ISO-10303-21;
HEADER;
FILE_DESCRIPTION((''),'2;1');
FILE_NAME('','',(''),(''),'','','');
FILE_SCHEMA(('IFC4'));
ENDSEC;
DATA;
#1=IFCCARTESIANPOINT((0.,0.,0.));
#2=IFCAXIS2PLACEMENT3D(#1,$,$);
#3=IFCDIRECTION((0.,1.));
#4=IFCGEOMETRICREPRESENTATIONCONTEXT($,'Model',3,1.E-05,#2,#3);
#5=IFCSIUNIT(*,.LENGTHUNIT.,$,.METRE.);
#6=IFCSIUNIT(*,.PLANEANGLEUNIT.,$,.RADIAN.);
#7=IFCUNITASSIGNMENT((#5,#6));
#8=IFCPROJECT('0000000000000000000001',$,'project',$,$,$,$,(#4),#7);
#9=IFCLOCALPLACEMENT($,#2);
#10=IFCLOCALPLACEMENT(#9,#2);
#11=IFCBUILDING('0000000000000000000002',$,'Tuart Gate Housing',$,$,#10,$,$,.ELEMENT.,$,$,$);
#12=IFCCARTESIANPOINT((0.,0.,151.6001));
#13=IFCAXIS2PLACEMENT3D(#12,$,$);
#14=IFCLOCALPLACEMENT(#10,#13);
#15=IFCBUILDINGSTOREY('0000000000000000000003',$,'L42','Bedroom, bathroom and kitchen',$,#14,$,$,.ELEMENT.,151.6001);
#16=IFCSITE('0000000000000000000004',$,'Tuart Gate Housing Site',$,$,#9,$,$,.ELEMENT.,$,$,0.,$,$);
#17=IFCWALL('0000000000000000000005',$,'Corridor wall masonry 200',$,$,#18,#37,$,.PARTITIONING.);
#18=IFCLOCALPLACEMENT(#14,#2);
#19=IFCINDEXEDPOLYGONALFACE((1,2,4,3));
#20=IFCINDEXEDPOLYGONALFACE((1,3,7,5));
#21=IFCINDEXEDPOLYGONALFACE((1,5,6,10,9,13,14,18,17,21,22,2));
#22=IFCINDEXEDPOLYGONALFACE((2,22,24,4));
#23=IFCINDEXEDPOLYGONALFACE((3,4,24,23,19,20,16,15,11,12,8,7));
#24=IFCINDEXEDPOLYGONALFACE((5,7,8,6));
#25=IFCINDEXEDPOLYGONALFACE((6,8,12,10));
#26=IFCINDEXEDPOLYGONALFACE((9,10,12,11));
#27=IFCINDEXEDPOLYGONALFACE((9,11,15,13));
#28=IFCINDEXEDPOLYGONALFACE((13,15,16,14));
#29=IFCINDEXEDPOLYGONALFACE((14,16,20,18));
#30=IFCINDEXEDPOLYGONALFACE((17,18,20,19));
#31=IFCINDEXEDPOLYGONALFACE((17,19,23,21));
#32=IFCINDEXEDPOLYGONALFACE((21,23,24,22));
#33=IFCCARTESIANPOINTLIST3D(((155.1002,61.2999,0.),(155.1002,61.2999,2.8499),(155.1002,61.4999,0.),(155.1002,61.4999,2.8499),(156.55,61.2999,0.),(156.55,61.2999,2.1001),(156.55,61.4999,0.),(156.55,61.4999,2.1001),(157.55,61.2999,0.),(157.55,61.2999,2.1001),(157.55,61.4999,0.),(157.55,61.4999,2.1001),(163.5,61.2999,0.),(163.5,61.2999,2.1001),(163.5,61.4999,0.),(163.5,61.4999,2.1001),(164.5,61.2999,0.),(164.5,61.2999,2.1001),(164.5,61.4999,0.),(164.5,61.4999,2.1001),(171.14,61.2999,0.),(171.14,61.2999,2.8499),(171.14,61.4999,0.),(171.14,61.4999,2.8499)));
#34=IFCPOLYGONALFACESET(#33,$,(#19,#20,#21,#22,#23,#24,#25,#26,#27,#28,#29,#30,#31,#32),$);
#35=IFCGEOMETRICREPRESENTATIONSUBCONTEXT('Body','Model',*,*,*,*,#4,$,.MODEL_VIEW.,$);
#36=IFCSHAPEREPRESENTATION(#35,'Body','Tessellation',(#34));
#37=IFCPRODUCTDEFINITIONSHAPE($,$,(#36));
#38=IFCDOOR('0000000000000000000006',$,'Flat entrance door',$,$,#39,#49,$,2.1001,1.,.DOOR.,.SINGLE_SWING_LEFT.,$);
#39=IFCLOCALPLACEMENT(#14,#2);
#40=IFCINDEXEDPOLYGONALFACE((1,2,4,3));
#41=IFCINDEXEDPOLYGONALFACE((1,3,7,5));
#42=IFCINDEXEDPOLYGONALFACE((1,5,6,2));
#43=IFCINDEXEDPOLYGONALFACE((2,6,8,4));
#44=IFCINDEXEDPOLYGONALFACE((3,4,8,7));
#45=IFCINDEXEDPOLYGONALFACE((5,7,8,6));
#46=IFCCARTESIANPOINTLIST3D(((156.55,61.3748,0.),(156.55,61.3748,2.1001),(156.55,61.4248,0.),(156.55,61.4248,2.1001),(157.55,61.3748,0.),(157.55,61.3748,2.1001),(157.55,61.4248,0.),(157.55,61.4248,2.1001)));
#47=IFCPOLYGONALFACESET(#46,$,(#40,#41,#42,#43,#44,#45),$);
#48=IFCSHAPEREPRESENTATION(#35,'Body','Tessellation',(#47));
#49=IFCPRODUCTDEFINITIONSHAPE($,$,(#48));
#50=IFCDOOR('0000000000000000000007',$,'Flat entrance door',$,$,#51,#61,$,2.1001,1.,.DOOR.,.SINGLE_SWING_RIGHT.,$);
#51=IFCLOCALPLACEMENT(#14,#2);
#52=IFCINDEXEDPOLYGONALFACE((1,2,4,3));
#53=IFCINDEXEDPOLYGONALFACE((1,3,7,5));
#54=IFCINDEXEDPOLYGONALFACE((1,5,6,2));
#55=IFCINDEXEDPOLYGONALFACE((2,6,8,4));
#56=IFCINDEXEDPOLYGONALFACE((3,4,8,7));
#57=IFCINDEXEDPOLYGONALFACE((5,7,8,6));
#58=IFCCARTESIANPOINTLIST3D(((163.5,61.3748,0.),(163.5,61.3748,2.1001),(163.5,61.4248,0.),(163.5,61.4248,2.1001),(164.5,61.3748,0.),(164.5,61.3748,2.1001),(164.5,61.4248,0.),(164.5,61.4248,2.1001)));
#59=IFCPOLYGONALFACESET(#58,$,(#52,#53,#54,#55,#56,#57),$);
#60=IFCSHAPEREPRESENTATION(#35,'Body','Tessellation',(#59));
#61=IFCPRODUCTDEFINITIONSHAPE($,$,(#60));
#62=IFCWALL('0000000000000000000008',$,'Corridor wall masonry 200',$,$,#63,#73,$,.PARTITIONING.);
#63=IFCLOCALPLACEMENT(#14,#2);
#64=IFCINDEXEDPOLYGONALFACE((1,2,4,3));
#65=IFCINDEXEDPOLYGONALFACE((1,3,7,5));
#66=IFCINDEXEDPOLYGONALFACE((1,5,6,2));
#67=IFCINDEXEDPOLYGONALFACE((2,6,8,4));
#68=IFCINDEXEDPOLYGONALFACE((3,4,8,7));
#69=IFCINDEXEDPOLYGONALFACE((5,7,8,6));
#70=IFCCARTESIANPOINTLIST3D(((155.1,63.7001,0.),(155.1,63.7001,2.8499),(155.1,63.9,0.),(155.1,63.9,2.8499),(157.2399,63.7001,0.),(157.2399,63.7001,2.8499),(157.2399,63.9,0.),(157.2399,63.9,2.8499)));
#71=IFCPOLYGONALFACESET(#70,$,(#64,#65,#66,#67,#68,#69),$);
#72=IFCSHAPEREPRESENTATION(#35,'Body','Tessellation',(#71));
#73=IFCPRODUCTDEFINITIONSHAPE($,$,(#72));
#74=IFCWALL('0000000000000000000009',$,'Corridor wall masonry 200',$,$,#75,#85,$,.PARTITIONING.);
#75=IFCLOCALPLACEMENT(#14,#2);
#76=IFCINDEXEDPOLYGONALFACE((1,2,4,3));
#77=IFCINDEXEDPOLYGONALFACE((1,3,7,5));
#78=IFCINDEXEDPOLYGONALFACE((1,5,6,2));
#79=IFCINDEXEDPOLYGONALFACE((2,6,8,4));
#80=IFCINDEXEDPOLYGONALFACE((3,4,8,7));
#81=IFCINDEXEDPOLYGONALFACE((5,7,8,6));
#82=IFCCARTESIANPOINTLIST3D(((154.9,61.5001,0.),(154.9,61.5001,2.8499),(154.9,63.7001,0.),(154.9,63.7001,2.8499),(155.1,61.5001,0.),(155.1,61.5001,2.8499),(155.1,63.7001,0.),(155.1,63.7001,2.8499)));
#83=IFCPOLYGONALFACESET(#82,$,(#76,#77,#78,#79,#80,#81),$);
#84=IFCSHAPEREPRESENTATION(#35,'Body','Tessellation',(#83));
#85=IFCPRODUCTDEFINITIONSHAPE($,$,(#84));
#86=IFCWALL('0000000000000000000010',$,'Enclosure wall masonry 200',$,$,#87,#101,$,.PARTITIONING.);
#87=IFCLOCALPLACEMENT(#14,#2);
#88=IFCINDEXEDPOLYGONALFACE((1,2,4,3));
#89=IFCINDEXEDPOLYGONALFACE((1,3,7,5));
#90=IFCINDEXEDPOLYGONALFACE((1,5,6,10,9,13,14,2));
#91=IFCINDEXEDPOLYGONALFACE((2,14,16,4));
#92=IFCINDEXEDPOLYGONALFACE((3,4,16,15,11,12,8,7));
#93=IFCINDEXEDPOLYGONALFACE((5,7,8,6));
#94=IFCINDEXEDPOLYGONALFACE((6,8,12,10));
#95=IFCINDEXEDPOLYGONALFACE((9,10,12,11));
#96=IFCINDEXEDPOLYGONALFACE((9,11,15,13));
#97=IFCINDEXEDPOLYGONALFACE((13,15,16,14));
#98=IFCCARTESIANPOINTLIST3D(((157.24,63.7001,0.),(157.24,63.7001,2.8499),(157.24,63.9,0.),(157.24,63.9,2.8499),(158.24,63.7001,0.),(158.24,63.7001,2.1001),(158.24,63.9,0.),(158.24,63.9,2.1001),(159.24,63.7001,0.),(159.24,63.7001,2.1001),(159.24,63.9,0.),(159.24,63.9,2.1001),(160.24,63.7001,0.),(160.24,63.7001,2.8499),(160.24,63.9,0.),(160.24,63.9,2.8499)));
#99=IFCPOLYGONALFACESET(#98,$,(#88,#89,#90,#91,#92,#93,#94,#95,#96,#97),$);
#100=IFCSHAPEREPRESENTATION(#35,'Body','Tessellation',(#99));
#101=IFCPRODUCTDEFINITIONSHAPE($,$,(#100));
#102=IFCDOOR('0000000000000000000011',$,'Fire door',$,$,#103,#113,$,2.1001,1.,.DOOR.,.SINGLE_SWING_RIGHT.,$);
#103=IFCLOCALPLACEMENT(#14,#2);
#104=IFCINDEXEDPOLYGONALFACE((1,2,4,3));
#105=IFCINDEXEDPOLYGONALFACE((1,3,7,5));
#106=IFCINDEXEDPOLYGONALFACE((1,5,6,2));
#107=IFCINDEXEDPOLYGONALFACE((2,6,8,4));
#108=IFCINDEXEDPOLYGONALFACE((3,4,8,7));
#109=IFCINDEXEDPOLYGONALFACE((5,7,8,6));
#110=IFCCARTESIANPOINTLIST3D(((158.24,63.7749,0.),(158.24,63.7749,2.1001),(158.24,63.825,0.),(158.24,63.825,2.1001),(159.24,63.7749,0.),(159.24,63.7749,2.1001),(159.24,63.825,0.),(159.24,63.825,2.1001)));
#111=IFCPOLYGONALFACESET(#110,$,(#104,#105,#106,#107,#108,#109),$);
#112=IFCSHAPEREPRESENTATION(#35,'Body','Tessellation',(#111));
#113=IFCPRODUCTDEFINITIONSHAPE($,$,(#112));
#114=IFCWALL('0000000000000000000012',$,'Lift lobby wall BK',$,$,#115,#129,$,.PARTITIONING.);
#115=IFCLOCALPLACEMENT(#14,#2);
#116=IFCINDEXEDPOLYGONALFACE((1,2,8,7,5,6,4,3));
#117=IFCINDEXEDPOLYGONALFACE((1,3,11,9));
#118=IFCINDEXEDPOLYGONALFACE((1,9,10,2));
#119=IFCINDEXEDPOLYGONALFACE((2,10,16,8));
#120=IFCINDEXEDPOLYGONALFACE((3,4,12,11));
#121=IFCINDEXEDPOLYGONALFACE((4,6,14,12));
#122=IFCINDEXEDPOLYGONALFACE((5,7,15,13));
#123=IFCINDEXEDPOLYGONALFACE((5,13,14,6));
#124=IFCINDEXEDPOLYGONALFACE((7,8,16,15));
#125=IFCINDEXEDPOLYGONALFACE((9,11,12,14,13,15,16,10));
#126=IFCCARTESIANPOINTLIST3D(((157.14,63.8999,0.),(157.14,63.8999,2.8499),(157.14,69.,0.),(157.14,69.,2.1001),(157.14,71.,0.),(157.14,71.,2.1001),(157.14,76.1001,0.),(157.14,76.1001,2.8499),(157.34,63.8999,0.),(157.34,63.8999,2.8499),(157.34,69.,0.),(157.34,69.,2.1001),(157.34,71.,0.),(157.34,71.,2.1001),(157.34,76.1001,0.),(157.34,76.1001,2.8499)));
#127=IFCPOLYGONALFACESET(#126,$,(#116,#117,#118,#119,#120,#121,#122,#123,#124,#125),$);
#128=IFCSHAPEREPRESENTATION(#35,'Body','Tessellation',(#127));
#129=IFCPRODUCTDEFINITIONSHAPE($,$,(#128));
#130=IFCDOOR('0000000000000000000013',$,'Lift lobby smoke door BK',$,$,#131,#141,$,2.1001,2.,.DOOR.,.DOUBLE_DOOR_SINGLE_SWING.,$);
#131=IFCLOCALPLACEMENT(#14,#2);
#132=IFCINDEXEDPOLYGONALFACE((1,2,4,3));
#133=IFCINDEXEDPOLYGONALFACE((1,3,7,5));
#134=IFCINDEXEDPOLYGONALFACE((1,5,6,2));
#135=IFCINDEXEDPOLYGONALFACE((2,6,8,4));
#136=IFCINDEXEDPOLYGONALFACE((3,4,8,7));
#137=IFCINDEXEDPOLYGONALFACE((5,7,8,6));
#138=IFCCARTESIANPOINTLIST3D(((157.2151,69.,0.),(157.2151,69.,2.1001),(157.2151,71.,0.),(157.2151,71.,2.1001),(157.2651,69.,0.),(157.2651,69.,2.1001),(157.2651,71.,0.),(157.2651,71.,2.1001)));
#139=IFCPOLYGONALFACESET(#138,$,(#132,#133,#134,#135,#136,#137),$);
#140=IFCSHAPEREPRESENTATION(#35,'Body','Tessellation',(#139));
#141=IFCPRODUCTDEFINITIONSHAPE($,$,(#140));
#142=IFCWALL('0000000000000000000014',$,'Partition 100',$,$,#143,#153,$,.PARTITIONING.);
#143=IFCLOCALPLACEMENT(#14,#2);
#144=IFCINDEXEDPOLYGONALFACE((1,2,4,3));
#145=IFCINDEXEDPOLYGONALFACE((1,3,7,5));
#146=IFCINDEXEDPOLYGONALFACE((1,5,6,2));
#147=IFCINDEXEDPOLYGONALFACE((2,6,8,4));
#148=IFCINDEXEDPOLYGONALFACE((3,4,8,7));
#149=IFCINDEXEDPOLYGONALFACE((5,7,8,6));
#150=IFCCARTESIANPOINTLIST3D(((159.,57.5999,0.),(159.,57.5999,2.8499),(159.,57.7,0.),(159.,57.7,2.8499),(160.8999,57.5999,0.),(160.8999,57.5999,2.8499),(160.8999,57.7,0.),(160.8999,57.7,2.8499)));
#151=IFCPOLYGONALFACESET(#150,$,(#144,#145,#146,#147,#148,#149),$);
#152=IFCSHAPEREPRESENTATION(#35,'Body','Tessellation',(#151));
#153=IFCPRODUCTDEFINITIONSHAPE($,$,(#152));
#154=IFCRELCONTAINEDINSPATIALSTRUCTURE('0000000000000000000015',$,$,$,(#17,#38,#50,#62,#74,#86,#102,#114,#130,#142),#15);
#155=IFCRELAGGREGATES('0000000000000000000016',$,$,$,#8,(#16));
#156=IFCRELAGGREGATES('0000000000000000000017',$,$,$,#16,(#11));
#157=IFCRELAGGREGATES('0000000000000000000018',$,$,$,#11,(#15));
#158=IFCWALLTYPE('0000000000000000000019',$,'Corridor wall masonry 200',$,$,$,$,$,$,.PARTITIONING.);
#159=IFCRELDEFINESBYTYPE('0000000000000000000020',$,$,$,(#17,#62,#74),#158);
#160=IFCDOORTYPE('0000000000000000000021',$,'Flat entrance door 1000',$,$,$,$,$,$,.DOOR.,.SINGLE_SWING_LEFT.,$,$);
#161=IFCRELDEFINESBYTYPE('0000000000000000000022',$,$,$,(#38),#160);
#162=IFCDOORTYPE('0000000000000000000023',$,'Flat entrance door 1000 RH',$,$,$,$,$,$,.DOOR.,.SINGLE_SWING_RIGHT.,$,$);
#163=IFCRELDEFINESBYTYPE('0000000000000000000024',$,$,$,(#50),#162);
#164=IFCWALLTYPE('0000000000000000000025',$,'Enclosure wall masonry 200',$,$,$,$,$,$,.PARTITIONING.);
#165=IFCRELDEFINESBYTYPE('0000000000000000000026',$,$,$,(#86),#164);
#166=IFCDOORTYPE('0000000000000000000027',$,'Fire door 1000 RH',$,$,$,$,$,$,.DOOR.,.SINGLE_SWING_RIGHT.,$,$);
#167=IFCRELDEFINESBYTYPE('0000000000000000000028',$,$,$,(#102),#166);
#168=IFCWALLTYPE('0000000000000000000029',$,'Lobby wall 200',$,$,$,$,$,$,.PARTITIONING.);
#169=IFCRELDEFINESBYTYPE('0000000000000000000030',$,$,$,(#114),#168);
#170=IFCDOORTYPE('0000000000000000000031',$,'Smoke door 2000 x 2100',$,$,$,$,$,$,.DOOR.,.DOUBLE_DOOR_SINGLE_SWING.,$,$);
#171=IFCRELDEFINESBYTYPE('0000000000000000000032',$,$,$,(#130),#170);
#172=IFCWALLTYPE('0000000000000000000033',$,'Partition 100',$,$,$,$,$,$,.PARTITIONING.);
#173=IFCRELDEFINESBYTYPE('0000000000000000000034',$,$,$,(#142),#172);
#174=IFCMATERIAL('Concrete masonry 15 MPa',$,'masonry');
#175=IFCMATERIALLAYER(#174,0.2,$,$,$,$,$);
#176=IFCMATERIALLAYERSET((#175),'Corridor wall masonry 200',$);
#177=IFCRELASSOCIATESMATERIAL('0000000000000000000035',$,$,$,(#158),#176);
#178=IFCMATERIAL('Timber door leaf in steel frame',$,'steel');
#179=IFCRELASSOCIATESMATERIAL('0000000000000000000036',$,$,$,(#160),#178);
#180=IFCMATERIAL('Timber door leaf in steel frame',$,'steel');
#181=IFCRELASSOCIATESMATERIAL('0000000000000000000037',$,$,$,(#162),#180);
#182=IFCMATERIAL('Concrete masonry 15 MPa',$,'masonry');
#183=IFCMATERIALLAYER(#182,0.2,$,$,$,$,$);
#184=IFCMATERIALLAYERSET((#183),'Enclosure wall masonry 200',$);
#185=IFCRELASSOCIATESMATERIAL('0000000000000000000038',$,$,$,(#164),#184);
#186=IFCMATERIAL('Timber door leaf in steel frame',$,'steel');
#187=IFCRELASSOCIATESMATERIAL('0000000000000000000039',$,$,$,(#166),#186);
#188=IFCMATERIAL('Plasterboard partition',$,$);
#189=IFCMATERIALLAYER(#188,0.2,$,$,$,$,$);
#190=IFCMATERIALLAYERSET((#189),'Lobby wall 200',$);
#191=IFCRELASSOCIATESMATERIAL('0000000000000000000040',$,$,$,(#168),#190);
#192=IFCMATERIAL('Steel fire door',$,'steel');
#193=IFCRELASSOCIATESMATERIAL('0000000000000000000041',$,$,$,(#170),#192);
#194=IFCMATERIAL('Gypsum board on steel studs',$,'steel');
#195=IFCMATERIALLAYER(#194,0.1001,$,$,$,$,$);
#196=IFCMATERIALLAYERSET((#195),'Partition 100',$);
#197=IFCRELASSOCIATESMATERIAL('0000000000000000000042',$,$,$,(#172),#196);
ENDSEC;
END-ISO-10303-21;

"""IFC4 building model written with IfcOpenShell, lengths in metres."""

from ifc_helpers import new_model, si_unit, direction, frame, frame_2d, origin, place, context, subcontext, project, spatial, rectangle, extrude, material, layer, layer_set, type_object, element, fill, save


model = new_model("IFC4")

# Units and contexts
model_context = context("Model", 3, precision=1e-05, world=origin(), true_north=direction((0.0, 1.0)))
body_context = subcontext(model_context, "Body", "Model", "MODEL_VIEW")
ifc_project = project(units=[si_unit("LENGTHUNIT", "METRE"), si_unit("PLANEANGLEUNIT", "RADIAN")], contexts=[model_context])

# Site, building, storey
site_placement = place(None, origin())
site = spatial("IfcSite", under=ifc_project, at=site_placement, Name="Tuart Gate Housing Site", CompositionType="ELEMENT", RefElevation=0.0)
building_placement = place(site_placement, origin())
building = spatial("IfcBuilding", under=site, at=building_placement, Name="Tuart Gate Housing", CompositionType="ELEMENT")
storey_placement = place(building_placement, frame((0.0, 0.0, 151.6001)))
storey = spatial("IfcBuildingStorey", under=building, at=storey_placement, Name="L42", Description="Bedroom, bathroom and kitchen", CompositionType="ELEMENT", Elevation=151.6001)

# Wall, openings, doors
ifc_material_1 = material(Name="Concrete masonry 15 MPa", Category="masonry")
ifc_layer_1 = layer(ifc_material_1, 0.2)
ifc_layer_set_1 = layer_set([ifc_layer_1], Name="Corridor wall masonry 200")
wall_type_1 = type_object("IfcWallType", Name="Corridor wall masonry 200", PredefinedType="PARTITIONING", material=ifc_layer_set_1)
wall_1_placement = place(storey_placement, frame((155.1001, 61.3999, 0.0), z_axis=(0.0, 0.0, 1.0), x_axis=(1.0, 0.0, 0.0)))
wall_1 = element("IfcWall", 1, at=wall_1_placement, inside=storey, type_object=wall_type_1, Name="Corridor wall masonry 200", PredefinedType="PARTITIONING", context=body_context, shape_type="SweptSolid", body=[
    extrude(rectangle(XDim=16.0398, YDim=0.2, at=frame_2d((8.02, 0.0))), origin(), (0.0, 0.0, 1.0), 2.8499),
])
opening_1_placement = place(wall_1_placement, frame((1.45, 0.0, 0.0)))
opening_1 = element("IfcOpeningElement", 2, at=opening_1_placement, cuts=wall_1, PredefinedType="OPENING", context=body_context, shape_type="SweptSolid", body=[
    extrude(rectangle(XDim=1.0, YDim=2.1001, at=frame_2d((0.5, 1.05))), frame((0.0, 0.1099, 0.0), z_axis=(0.0, -1.0, 0.0), x_axis=(1.0, 0.0, 0.0)), (0.0, 0.0, 1.0), 0.22),
])
opening_2_placement = place(wall_1_placement, frame((8.3999, 0.0, 0.0)))
opening_2 = element("IfcOpeningElement", 3, at=opening_2_placement, cuts=wall_1, PredefinedType="OPENING", context=body_context, shape_type="SweptSolid", body=[
    extrude(rectangle(XDim=1.0, YDim=2.1001, at=frame_2d((0.5, 1.05))), frame((0.0, 0.1099, 0.0), z_axis=(0.0, -1.0, 0.0), x_axis=(1.0, 0.0, 0.0)), (0.0, 0.0, 1.0), 0.22),
])
ifc_material_2 = material(Name="Timber door leaf in steel frame", Category="steel")
door_type_1 = type_object("IfcDoorType", Name="Flat entrance door 1000", OperationType="SINGLE_SWING_LEFT", PredefinedType="DOOR", material=ifc_material_2)
door_1_placement = place(opening_1_placement, frame((1.0, 0.0, 0.0), z_axis=(0.0, 0.0, 1.0), x_axis=(-1.0, 0.0, 0.0)))
door_1 = element("IfcDoor", 4, at=door_1_placement, inside=storey, type_object=door_type_1, Name="Flat entrance door", OperationType="SINGLE_SWING_LEFT", OverallHeight=2.1001, OverallWidth=1.0, PredefinedType="DOOR", context=body_context, shape_type="SweptSolid", body=[
    extrude(rectangle(XDim=1.0, YDim=2.1001, at=frame_2d((0.5, 1.05))), frame((0.0, 0.0251, 0.0), z_axis=(0.0, -1.0, 0.0), x_axis=(1.0, 0.0, 0.0)), (0.0, 0.0, 1.0), 0.05),
])
fill(opening_1, door_1)
ifc_material_3 = material(Name="Timber door leaf in steel frame", Category="steel")
door_type_2 = type_object("IfcDoorType", Name="Flat entrance door 1000 RH", OperationType="SINGLE_SWING_RIGHT", PredefinedType="DOOR", material=ifc_material_3)
door_2_placement = place(opening_2_placement, frame((1.0, 0.0, 0.0), z_axis=(0.0, 0.0, 1.0), x_axis=(-1.0, 0.0, 0.0)))
door_2 = element("IfcDoor", 5, at=door_2_placement, inside=storey, type_object=door_type_2, Name="Flat entrance door", OperationType="SINGLE_SWING_RIGHT", OverallHeight=2.1001, OverallWidth=1.0, PredefinedType="DOOR", context=body_context, shape_type="SweptSolid", body=[
    extrude(rectangle(XDim=1.0, YDim=2.1001, at=frame_2d((0.5, 1.05))), frame((0.0, 0.0251, 0.0), z_axis=(0.0, -1.0, 0.0), x_axis=(1.0, 0.0, 0.0)), (0.0, 0.0, 1.0), 0.05),
])
fill(opening_2, door_2)

# Walls
wall_2_placement = place(storey_placement, frame((155.1001, 63.8, 0.0), z_axis=(0.0, 0.0, 1.0), x_axis=(1.0, 0.0, 0.0)))
element("IfcWall", 6, at=wall_2_placement, inside=storey, type_object=wall_type_1, Name="Corridor wall masonry 200", PredefinedType="PARTITIONING", context=body_context, shape_type="SweptSolid", body=[
    extrude(rectangle(XDim=2.1399, YDim=0.2, at=frame_2d((1.0698, 0.0))), origin(), (0.0, 0.0, 1.0), 2.8499),
])
wall_3_placement = place(storey_placement, frame((155.0, 61.5, 0.0), z_axis=(0.0, 0.0, 1.0), x_axis=(0.0, 1.0, 0.0)))
element("IfcWall", 7, at=wall_3_placement, inside=storey, type_object=wall_type_1, Name="Corridor wall masonry 200", PredefinedType="PARTITIONING", context=body_context, shape_type="SweptSolid", body=[
    extrude(rectangle(XDim=2.2, YDim=0.2, at=frame_2d((1.1001, 0.0))), origin(), (0.0, 0.0, 1.0), 2.8499),
])

# Walls, openings, doors
ifc_material_4 = material(Name="Concrete masonry 15 MPa", Category="masonry")
ifc_layer_2 = layer(ifc_material_4, 0.2)
ifc_layer_set_2 = layer_set([ifc_layer_2], Name="Enclosure wall masonry 200")
wall_type_2 = type_object("IfcWallType", Name="Enclosure wall masonry 200", PredefinedType="PARTITIONING", material=ifc_layer_set_2)
wall_4_placement = place(storey_placement, frame((157.24, 63.8, 0.0), z_axis=(0.0, 0.0, 1.0), x_axis=(1.0, 0.0, 0.0)))
wall_4 = element("IfcWall", 8, at=wall_4_placement, inside=storey, type_object=wall_type_2, Name="Enclosure wall masonry 200", PredefinedType="PARTITIONING", context=body_context, shape_type="SweptSolid", body=[
    extrude(rectangle(XDim=3.0, YDim=0.2, at=frame_2d((1.5, 0.0))), origin(), (0.0, 0.0, 1.0), 2.8499),
])
opening_3_placement = place(wall_4_placement, frame((1.0, 0.0, 0.0)))
opening_3 = element("IfcOpeningElement", 9, at=opening_3_placement, cuts=wall_4, PredefinedType="OPENING", context=body_context, shape_type="SweptSolid", body=[
    extrude(rectangle(XDim=1.0, YDim=2.1001, at=frame_2d((0.5, 1.05))), frame((0.0, 0.1099, 0.0), z_axis=(0.0, -1.0, 0.0), x_axis=(1.0, 0.0, 0.0)), (0.0, 0.0, 1.0), 0.22),
])
ifc_material_5 = material(Name="Timber door leaf in steel frame", Category="steel")
door_type_3 = type_object("IfcDoorType", Name="Fire door 1000 RH", OperationType="SINGLE_SWING_RIGHT", PredefinedType="DOOR", material=ifc_material_5)
door_3_placement = place(opening_3_placement, frame((1.0, 0.0, 0.0), z_axis=(0.0, 0.0, 1.0), x_axis=(-1.0, 0.0, 0.0)))
door_3 = element("IfcDoor", 10, at=door_3_placement, inside=storey, type_object=door_type_3, Name="Fire door", OperationType="SINGLE_SWING_RIGHT", OverallHeight=2.1001, OverallWidth=1.0, PredefinedType="DOOR", context=body_context, shape_type="SweptSolid", body=[
    extrude(rectangle(XDim=1.0, YDim=2.1001, at=frame_2d((0.5, 1.05))), frame((0.0, 0.0251, 0.0), z_axis=(0.0, -1.0, 0.0), x_axis=(1.0, 0.0, 0.0)), (0.0, 0.0, 1.0), 0.05),
])
fill(opening_3, door_3)
ifc_material_6 = material(Name="Plasterboard partition")
ifc_layer_3 = layer(ifc_material_6, 0.2)
ifc_layer_set_3 = layer_set([ifc_layer_3], Name="Lobby wall 200")
wall_type_3 = type_object("IfcWallType", Name="Lobby wall 200", PredefinedType="PARTITIONING", material=ifc_layer_set_3)
wall_5_placement = place(storey_placement, frame((157.24, 63.8999, 0.0), z_axis=(0.0, 0.0, 1.0), x_axis=(0.0, 1.0, 0.0)))
wall_5 = element("IfcWall", 11, at=wall_5_placement, inside=storey, type_object=wall_type_3, Name="Lift lobby wall BK", PredefinedType="PARTITIONING", context=body_context, shape_type="SweptSolid", body=[
    extrude(rectangle(XDim=12.2002, YDim=0.2, at=frame_2d((6.1001, 0.0))), origin(), (0.0, 0.0, 1.0), 2.8499),
])
opening_4_placement = place(wall_5_placement, frame((5.1001, 0.0, 0.0)))
opening_4 = element("IfcOpeningElement", 12, at=opening_4_placement, cuts=wall_5, PredefinedType="OPENING", context=body_context, shape_type="SweptSolid", body=[
    extrude(rectangle(XDim=2.0, YDim=2.1001, at=frame_2d((1.0, 1.05))), frame((0.0, 0.1099, 0.0), z_axis=(0.0, -1.0, 0.0), x_axis=(1.0, 0.0, 0.0)), (0.0, 0.0, 1.0), 0.22),
])
ifc_material_7 = material(Name="Steel fire door", Category="steel")
door_type_4 = type_object("IfcDoorType", Name="Smoke door 2000 x 2100", OperationType="DOUBLE_DOOR_SINGLE_SWING", PredefinedType="DOOR", material=ifc_material_7)
door_4_placement = place(opening_4_placement, frame((2.0, 0.0, 0.0), z_axis=(0.0, 0.0, 1.0), x_axis=(-1.0, 0.0, 0.0)))
door_4 = element("IfcDoor", 13, at=door_4_placement, inside=storey, type_object=door_type_4, Name="Lift lobby smoke door BK", OperationType="DOUBLE_DOOR_SINGLE_SWING", OverallHeight=2.1001, OverallWidth=2.0, PredefinedType="DOOR", context=body_context, shape_type="SweptSolid", body=[
    extrude(rectangle(XDim=2.0, YDim=2.1001, at=frame_2d((1.0, 1.05))), frame((0.0, 0.0251, 0.0), z_axis=(0.0, -1.0, 0.0), x_axis=(1.0, 0.0, 0.0)), (0.0, 0.0, 1.0), 0.05),
])
fill(opening_4, door_4)

# Wall
ifc_material_8 = material(Name="Gypsum board on steel studs", Category="steel")
ifc_layer_4 = layer(ifc_material_8, 0.1001)
ifc_layer_set_4 = layer_set([ifc_layer_4], Name="Partition 100")
wall_type_4 = type_object("IfcWallType", Name="Partition 100", PredefinedType="PARTITIONING", material=ifc_layer_set_4)
wall_6_placement = place(storey_placement, frame((159.0, 57.6499, 0.0), z_axis=(0.0, 0.0, 1.0), x_axis=(1.0, 0.0, 0.0)))
element("IfcWall", 14, at=wall_6_placement, inside=storey, type_object=wall_type_4, Name="Partition 100", PredefinedType="PARTITIONING", context=body_context, shape_type="SweptSolid", body=[
    extrude(rectangle(XDim=1.8999, YDim=0.1001, at=frame_2d((0.95, 0.0))), origin(), (0.0, 0.0, 1.0), 2.8499),
])

save(model, "model.ifc")
